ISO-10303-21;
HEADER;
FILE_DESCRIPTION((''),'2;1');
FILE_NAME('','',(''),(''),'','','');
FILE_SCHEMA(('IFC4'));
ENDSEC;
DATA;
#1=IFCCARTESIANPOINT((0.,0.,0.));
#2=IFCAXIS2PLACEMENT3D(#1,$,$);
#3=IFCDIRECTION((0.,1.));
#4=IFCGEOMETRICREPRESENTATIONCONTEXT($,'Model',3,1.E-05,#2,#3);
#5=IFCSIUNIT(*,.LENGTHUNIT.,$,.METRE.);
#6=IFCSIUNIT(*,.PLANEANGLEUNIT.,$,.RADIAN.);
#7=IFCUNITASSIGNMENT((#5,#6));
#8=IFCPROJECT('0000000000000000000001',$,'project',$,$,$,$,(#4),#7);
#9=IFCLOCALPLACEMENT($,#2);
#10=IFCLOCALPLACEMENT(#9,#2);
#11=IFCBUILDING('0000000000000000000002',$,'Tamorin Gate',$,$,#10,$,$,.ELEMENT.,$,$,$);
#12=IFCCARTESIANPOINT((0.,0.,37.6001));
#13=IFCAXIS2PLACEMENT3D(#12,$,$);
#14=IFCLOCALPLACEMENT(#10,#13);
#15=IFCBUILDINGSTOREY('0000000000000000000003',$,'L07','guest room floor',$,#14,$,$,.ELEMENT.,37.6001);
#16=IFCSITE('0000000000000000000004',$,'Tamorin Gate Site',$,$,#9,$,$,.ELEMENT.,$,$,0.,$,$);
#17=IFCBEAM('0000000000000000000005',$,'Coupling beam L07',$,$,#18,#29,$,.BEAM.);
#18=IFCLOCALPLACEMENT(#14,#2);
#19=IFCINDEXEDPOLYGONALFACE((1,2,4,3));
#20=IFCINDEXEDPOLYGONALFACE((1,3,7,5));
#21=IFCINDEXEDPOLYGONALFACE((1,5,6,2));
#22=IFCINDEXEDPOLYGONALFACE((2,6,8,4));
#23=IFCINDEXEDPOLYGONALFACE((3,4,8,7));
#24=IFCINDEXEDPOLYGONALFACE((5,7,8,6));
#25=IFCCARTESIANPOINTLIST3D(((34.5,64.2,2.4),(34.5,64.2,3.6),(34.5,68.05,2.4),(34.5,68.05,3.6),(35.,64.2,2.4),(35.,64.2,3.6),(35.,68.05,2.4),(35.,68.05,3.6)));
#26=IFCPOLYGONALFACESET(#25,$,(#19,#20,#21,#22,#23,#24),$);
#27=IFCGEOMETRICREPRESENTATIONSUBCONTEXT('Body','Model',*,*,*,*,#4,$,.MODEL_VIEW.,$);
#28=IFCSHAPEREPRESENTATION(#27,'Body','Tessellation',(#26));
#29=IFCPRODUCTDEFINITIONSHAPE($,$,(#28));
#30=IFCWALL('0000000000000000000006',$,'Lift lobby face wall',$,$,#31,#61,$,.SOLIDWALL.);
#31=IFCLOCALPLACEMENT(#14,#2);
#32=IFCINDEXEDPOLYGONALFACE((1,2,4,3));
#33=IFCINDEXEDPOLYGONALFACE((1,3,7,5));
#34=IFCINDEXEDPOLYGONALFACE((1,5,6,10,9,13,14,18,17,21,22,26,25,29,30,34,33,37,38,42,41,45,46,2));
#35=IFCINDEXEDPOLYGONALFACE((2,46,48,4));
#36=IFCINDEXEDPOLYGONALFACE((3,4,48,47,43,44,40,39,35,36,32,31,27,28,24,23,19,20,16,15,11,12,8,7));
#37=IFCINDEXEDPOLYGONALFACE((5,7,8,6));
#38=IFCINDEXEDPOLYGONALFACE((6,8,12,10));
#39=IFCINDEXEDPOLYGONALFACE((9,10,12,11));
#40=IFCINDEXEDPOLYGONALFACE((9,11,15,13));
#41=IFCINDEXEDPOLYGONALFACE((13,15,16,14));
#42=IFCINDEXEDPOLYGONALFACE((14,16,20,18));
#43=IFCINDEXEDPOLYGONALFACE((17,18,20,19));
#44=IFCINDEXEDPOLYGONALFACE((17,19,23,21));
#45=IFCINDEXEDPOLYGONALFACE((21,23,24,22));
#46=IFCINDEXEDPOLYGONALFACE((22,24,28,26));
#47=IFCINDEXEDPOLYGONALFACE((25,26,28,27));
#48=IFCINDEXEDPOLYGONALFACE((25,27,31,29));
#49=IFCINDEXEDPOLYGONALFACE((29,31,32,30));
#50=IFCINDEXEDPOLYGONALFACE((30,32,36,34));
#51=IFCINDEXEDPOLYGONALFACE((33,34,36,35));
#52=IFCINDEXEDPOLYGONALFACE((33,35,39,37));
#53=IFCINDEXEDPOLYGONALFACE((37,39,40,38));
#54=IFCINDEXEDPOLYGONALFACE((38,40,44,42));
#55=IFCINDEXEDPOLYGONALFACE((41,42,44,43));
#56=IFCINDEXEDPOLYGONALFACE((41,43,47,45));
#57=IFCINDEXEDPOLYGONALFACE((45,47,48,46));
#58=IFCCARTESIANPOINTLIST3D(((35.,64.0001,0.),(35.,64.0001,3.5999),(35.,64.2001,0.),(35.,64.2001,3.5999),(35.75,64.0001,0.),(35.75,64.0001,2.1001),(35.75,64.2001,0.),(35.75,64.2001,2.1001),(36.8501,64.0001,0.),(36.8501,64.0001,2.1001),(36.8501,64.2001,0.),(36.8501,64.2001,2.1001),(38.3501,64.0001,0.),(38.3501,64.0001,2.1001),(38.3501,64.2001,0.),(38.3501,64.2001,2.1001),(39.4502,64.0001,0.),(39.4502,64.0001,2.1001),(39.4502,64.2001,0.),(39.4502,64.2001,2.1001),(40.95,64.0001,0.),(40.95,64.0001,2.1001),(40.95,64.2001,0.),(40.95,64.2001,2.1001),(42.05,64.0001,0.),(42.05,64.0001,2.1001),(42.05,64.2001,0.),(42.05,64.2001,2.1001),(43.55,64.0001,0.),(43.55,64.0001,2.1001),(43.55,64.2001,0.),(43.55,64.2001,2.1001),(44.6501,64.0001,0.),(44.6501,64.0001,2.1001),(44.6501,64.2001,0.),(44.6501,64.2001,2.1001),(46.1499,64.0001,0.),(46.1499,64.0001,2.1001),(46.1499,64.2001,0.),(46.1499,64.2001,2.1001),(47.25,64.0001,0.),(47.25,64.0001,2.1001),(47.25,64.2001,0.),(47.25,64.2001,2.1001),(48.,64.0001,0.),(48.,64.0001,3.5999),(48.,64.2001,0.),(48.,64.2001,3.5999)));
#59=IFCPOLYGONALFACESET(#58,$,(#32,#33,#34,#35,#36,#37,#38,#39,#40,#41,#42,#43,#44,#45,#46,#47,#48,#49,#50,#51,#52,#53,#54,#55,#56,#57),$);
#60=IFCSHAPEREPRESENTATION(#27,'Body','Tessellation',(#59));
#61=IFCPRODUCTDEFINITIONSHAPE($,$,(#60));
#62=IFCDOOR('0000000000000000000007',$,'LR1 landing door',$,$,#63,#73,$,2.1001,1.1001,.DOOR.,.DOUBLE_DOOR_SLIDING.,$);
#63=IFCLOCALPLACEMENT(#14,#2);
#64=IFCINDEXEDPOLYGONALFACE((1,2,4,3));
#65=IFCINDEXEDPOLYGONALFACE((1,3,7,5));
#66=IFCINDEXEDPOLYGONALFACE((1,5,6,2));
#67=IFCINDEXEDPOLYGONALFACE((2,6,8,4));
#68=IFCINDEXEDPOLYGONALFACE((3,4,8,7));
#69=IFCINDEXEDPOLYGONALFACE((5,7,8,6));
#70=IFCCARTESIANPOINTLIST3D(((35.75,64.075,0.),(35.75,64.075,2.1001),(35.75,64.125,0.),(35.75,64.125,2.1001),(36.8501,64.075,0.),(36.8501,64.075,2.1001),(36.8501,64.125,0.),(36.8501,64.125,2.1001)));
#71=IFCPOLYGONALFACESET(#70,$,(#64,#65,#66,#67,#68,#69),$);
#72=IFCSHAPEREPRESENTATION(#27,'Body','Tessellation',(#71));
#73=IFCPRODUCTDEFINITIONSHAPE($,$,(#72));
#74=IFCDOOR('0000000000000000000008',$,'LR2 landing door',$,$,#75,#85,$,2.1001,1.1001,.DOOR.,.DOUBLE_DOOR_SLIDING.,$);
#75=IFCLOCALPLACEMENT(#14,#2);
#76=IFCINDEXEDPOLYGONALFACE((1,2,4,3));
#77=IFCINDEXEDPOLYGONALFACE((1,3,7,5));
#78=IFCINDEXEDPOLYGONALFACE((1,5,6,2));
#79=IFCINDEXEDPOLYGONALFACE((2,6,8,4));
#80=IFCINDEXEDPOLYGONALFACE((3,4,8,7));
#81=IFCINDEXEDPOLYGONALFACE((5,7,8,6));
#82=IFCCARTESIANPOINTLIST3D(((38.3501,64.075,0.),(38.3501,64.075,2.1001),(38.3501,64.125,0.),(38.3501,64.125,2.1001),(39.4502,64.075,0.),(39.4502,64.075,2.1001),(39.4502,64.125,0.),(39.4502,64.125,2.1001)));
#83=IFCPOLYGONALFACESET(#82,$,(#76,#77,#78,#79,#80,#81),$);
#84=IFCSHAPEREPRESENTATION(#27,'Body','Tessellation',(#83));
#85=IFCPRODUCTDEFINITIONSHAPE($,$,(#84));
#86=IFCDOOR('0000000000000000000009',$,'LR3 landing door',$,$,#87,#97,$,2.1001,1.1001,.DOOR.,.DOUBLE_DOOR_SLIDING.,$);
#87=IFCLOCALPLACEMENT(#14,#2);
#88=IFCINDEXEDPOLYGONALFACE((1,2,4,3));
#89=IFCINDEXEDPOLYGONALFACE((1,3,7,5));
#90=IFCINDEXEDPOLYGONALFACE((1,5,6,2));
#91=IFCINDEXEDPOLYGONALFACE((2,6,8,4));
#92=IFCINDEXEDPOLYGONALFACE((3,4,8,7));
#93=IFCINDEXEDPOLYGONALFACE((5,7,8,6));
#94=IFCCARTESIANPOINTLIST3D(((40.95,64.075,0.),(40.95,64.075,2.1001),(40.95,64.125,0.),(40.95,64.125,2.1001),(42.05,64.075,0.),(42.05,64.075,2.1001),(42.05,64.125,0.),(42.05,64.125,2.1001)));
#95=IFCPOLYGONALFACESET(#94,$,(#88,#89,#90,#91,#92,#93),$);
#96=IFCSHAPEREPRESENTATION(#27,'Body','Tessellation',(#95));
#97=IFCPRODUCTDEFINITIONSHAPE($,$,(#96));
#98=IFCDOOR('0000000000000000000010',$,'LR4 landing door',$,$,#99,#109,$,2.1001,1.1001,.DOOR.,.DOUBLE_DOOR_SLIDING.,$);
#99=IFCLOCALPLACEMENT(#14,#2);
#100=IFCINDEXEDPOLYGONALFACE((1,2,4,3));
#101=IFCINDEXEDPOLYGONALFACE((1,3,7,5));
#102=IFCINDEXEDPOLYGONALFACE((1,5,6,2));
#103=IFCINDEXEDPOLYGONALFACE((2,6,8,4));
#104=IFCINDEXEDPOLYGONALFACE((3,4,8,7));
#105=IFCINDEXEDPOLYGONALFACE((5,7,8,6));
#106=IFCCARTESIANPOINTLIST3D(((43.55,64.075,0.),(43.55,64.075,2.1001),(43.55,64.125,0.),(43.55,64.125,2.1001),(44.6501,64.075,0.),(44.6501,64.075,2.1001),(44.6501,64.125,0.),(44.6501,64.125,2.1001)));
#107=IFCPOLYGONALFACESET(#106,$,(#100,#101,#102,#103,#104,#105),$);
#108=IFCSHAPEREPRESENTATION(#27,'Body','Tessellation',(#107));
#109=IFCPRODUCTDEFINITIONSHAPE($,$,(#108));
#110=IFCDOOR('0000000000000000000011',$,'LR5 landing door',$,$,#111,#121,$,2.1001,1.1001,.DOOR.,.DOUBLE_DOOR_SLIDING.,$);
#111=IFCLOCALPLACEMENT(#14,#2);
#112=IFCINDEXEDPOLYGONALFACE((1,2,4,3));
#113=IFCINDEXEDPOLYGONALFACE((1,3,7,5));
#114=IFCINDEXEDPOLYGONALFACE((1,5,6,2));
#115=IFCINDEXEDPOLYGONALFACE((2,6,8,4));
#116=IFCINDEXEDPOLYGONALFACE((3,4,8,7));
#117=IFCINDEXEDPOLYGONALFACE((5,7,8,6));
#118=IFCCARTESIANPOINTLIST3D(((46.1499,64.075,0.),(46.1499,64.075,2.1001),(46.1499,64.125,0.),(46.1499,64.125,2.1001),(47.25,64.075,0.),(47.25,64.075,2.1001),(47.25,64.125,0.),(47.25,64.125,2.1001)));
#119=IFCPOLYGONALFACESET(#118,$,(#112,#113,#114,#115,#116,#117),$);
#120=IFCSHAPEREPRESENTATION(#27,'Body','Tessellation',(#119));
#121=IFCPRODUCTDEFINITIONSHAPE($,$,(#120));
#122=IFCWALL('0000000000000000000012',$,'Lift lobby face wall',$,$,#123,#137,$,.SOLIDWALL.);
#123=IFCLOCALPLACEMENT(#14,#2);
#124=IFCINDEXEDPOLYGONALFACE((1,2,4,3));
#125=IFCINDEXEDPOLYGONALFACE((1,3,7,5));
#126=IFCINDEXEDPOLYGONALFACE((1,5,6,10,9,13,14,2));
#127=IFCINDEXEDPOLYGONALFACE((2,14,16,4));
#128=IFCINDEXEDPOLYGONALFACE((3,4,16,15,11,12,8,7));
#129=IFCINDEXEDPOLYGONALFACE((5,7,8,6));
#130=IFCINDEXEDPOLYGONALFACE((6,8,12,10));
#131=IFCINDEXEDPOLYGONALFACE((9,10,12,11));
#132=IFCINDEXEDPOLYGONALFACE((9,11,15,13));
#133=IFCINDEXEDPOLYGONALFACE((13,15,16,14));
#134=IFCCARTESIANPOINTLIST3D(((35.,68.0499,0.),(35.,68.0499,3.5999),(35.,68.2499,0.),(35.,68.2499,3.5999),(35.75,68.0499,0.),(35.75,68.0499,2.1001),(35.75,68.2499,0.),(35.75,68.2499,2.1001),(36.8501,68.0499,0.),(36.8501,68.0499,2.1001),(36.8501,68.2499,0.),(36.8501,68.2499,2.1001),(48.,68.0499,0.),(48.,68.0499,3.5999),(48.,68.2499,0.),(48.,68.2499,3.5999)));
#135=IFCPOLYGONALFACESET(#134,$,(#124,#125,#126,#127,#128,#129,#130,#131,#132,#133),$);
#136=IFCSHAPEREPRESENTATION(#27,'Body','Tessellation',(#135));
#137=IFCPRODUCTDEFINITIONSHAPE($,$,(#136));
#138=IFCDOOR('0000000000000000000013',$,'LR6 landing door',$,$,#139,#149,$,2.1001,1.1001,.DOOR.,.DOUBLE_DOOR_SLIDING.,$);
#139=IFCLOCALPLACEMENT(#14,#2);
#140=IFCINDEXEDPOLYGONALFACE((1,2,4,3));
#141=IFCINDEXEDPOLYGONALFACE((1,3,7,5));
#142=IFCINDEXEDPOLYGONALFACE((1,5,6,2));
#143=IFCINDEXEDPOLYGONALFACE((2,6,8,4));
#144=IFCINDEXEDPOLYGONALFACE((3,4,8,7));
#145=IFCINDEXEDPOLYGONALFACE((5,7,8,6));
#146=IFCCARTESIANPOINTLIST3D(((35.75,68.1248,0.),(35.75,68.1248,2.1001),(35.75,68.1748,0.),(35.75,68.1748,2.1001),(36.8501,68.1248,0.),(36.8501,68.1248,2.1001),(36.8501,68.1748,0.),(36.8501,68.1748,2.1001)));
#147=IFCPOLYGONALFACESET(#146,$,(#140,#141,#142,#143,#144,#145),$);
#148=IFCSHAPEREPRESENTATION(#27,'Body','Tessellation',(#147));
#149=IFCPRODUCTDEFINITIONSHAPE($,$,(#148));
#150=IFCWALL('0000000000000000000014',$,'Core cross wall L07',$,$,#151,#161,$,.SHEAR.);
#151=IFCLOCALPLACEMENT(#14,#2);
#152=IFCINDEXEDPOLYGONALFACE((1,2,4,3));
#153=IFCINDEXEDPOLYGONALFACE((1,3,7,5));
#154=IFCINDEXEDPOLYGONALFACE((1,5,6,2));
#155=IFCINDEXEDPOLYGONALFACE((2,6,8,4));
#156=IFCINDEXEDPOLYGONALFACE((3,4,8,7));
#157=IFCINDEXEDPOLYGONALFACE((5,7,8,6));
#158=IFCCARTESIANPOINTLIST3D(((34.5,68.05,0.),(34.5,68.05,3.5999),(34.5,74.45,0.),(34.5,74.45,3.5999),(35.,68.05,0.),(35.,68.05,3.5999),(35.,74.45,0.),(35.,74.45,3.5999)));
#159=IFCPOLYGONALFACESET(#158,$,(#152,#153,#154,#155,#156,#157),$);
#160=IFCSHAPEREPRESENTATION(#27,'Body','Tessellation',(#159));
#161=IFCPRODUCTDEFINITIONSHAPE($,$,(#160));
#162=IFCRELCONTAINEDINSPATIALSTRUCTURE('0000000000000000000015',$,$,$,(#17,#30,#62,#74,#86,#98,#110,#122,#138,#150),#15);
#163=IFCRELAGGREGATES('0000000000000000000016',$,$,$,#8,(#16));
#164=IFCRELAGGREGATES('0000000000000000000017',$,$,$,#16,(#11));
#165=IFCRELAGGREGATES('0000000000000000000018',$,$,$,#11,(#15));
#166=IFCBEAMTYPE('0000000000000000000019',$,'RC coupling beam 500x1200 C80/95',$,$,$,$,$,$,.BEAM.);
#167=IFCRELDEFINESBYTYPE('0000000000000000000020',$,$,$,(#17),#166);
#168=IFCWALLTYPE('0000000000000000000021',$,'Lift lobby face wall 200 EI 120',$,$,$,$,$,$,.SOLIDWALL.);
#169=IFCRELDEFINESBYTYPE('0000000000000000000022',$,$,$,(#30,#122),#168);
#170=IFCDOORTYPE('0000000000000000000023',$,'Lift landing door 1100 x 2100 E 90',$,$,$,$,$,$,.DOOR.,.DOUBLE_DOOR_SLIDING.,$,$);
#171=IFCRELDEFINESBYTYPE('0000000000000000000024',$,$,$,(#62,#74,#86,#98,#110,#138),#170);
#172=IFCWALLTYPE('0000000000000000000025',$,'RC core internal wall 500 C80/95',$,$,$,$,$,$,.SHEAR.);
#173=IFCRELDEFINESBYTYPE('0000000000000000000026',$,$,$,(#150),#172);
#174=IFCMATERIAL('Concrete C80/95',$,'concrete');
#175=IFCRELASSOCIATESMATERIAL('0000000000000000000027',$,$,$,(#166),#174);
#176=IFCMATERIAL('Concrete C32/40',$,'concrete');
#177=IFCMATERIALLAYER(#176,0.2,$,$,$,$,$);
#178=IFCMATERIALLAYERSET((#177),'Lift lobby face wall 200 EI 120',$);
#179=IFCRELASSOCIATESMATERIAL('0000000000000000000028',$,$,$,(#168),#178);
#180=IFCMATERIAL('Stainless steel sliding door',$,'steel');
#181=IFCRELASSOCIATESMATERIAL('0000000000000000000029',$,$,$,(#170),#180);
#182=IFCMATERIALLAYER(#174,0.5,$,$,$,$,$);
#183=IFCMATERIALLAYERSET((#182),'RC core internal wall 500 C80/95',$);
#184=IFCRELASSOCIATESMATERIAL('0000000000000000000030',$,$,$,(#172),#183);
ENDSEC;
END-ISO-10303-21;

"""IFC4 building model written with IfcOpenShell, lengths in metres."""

from ifc_helpers import new_model, si_unit, direction, frame, frame_2d, origin, origin_2d, place, context, subcontext, project, spatial, rectangle, extrude, material, layer, layer_set, material_profile, profile_set, type_object, element, fill, save


model = new_model("IFC4")

# Units and contexts
model_context = context("Model", 3, precision=1e-05, world=origin(), true_north=direction((0.0, 1.0)))
body_context = subcontext(model_context, "Body", "Model", "MODEL_VIEW")
ifc_project = project(units=[si_unit("LENGTHUNIT", "METRE"), si_unit("PLANEANGLEUNIT", "RADIAN")], contexts=[model_context])

# Site, building, storey
site_placement = place(None, origin())
site = spatial("IfcSite", under=ifc_project, at=site_placement, Name="Tamorin Gate Site", CompositionType="ELEMENT", RefElevation=0.0)
building_placement = place(site_placement, origin())
building = spatial("IfcBuilding", under=site, at=building_placement, Name="Tamorin Gate", CompositionType="ELEMENT")
storey_placement = place(building_placement, frame((0.0, 0.0, 37.6001)))
storey = spatial("IfcBuildingStorey", under=building, at=storey_placement, Name="L07", Description="guest room floor", CompositionType="ELEMENT", Elevation=37.6001)

# Beam
ifc_material_1 = material(Name="Concrete C80/95", Category="concrete")
ifc_material_profile = material_profile(ifc_material_1, rectangle(XDim=0.5, YDim=1.2, at=origin_2d()), Name="RC 500x1200")
ifc_profile_set = profile_set([ifc_material_profile], Name="Concrete C80/95")
beam_type = type_object("IfcBeamType", Name="RC coupling beam 500x1200 C80/95", PredefinedType="BEAM", material=ifc_profile_set)
beam_placement = place(storey_placement, frame((34.75, 64.2, 3.0), z_axis=(0.0, 1.0, 0.0), x_axis=(-1.0, 0.0, 0.0)))
element("IfcBeam", 1, at=beam_placement, inside=storey, type_object=beam_type, Name="Coupling beam L07", PredefinedType="BEAM", context=body_context, shape_type="SweptSolid", body=[
    extrude(rectangle(XDim=0.5, YDim=1.2, at=origin_2d()), origin(), (0.0, 0.0, 1.0), 3.8501),
])

# Wall, openings, doors
ifc_material_2 = material(Name="Concrete C32/40", Category="concrete")
ifc_layer_1 = layer(ifc_material_2, 0.2)
ifc_layer_set_1 = layer_set([ifc_layer_1], Name="Lift lobby face wall 200 EI 120")
wall_type_1 = type_object("IfcWallType", Name="Lift lobby face wall 200 EI 120", PredefinedType="SOLIDWALL", material=ifc_layer_set_1)
wall_1_placement = place(storey_placement, frame((35.0, 64.1001, 0.0), z_axis=(0.0, 0.0, 1.0), x_axis=(1.0, 0.0, 0.0)))
wall_1 = element("IfcWall", 2, at=wall_1_placement, inside=storey, type_object=wall_type_1, Name="Lift lobby face wall", PredefinedType="SOLIDWALL", context=body_context, shape_type="SweptSolid", body=[
    extrude(rectangle(XDim=13.0, YDim=0.2, at=frame_2d((6.5, 0.0))), origin(), (0.0, 0.0, 1.0), 3.5999),
])
opening_1_placement = place(wall_1_placement, frame((0.75, 0.0, 0.0)))
opening_1 = element("IfcOpeningElement", 3, at=opening_1_placement, cuts=wall_1, PredefinedType="OPENING", context=body_context, shape_type="SweptSolid", body=[
    extrude(rectangle(XDim=1.1001, YDim=2.1001, at=frame_2d((0.55, 1.05))), frame((0.0, 0.1099, 0.0), z_axis=(0.0, -1.0, 0.0), x_axis=(1.0, 0.0, 0.0)), (0.0, 0.0, 1.0), 0.22),
])
opening_2_placement = place(wall_1_placement, frame((3.3501, 0.0, 0.0)))
opening_2 = element("IfcOpeningElement", 4, at=opening_2_placement, cuts=wall_1, PredefinedType="OPENING", context=body_context, shape_type="SweptSolid", body=[
    extrude(rectangle(XDim=1.1001, YDim=2.1001, at=frame_2d((0.55, 1.05))), frame((0.0, 0.1099, 0.0), z_axis=(0.0, -1.0, 0.0), x_axis=(1.0, 0.0, 0.0)), (0.0, 0.0, 1.0), 0.22),
])
opening_3_placement = place(wall_1_placement, frame((5.95, 0.0, 0.0)))
opening_3 = element("IfcOpeningElement", 5, at=opening_3_placement, cuts=wall_1, PredefinedType="OPENING", context=body_context, shape_type="SweptSolid", body=[
    extrude(rectangle(XDim=1.1001, YDim=2.1001, at=frame_2d((0.55, 1.05))), frame((0.0, 0.1099, 0.0), z_axis=(0.0, -1.0, 0.0), x_axis=(1.0, 0.0, 0.0)), (0.0, 0.0, 1.0), 0.22),
])
opening_4_placement = place(wall_1_placement, frame((8.55, 0.0, 0.0)))
opening_4 = element("IfcOpeningElement", 6, at=opening_4_placement, cuts=wall_1, PredefinedType="OPENING", context=body_context, shape_type="SweptSolid", body=[
    extrude(rectangle(XDim=1.1001, YDim=2.1001, at=frame_2d((0.55, 1.05))), frame((0.0, 0.1099, 0.0), z_axis=(0.0, -1.0, 0.0), x_axis=(1.0, 0.0, 0.0)), (0.0, 0.0, 1.0), 0.22),
])
opening_5_placement = place(wall_1_placement, frame((11.1499, 0.0, 0.0)))
opening_5 = element("IfcOpeningElement", 7, at=opening_5_placement, cuts=wall_1, PredefinedType="OPENING", context=body_context, shape_type="SweptSolid", body=[
    extrude(rectangle(XDim=1.1001, YDim=2.1001, at=frame_2d((0.55, 1.05))), frame((0.0, 0.1099, 0.0), z_axis=(0.0, -1.0, 0.0), x_axis=(1.0, 0.0, 0.0)), (0.0, 0.0, 1.0), 0.22),
])
ifc_material_3 = material(Name="Stainless steel sliding door", Category="steel")
door_type_1 = type_object("IfcDoorType", Name="Lift landing door 1100 x 2100 E 90", OperationType="DOUBLE_DOOR_SLIDING", PredefinedType="DOOR", material=ifc_material_3)
door_1_placement = place(opening_1_placement, origin())
door_1 = element("IfcDoor", 8, at=door_1_placement, inside=storey, type_object=door_type_1, Name="LR1 landing door", OperationType="DOUBLE_DOOR_SLIDING", OverallHeight=2.1001, OverallWidth=1.1001, PredefinedType="DOOR", context=body_context, shape_type="SweptSolid", body=[
    extrude(rectangle(XDim=1.1001, YDim=2.1001, at=frame_2d((0.55, 1.05))), frame((0.0, 0.0249, 0.0), z_axis=(0.0, -1.0, 0.0), x_axis=(1.0, 0.0, 0.0)), (0.0, 0.0, 1.0), 0.05),
])
fill(opening_1, door_1)
door_2_placement = place(opening_2_placement, origin())
door_2 = element("IfcDoor", 9, at=door_2_placement, inside=storey, type_object=door_type_1, Name="LR2 landing door", OperationType="DOUBLE_DOOR_SLIDING", OverallHeight=2.1001, OverallWidth=1.1001, PredefinedType="DOOR", context=body_context, shape_type="SweptSolid", body=[
    extrude(rectangle(XDim=1.1001, YDim=2.1001, at=frame_2d((0.55, 1.05))), frame((0.0, 0.0249, 0.0), z_axis=(0.0, -1.0, 0.0), x_axis=(1.0, 0.0, 0.0)), (0.0, 0.0, 1.0), 0.05),
])
fill(opening_2, door_2)
door_3_placement = place(opening_3_placement, origin())
door_3 = element("IfcDoor", 10, at=door_3_placement, inside=storey, type_object=door_type_1, Name="LR3 landing door", OperationType="DOUBLE_DOOR_SLIDING", OverallHeight=2.1001, OverallWidth=1.1001, PredefinedType="DOOR", context=body_context, shape_type="SweptSolid", body=[
    extrude(rectangle(XDim=1.1001, YDim=2.1001, at=frame_2d((0.55, 1.05))), frame((0.0, 0.0249, 0.0), z_axis=(0.0, -1.0, 0.0), x_axis=(1.0, 0.0, 0.0)), (0.0, 0.0, 1.0), 0.05),
])
fill(opening_3, door_3)
door_4_placement = place(opening_4_placement, origin())
door_4 = element("IfcDoor", 11, at=door_4_placement, inside=storey, type_object=door_type_1, Name="LR4 landing door", OperationType="DOUBLE_DOOR_SLIDING", OverallHeight=2.1001, OverallWidth=1.1001, PredefinedType="DOOR", context=body_context, shape_type="SweptSolid", body=[
    extrude(rectangle(XDim=1.1001, YDim=2.1001, at=frame_2d((0.55, 1.05))), frame((0.0, 0.0249, 0.0), z_axis=(0.0, -1.0, 0.0), x_axis=(1.0, 0.0, 0.0)), (0.0, 0.0, 1.0), 0.05),
])
fill(opening_4, door_4)
door_5_placement = place(opening_5_placement, origin())
door_5 = element("IfcDoor", 12, at=door_5_placement, inside=storey, type_object=door_type_1, Name="LR5 landing door", OperationType="DOUBLE_DOOR_SLIDING", OverallHeight=2.1001, OverallWidth=1.1001, PredefinedType="DOOR", context=body_context, shape_type="SweptSolid", body=[
    extrude(rectangle(XDim=1.1001, YDim=2.1001, at=frame_2d((0.55, 1.05))), frame((0.0, 0.0249, 0.0), z_axis=(0.0, -1.0, 0.0), x_axis=(1.0, 0.0, 0.0)), (0.0, 0.0, 1.0), 0.05),
])
fill(opening_5, door_5)

# Wall, opening, door
wall_2_placement = place(storey_placement, frame((35.0, 68.1499, 0.0), z_axis=(0.0, 0.0, 1.0), x_axis=(1.0, 0.0, 0.0)))
wall_2 = element("IfcWall", 13, at=wall_2_placement, inside=storey, type_object=wall_type_1, Name="Lift lobby face wall", PredefinedType="SOLIDWALL", context=body_context, shape_type="SweptSolid", body=[
    extrude(rectangle(XDim=13.0, YDim=0.2, at=frame_2d((6.5, 0.0))), origin(), (0.0, 0.0, 1.0), 3.5999),
])
opening_6_placement = place(wall_2_placement, frame((0.75, 0.0, 0.0)))
opening_6 = element("IfcOpeningElement", 14, at=opening_6_placement, cuts=wall_2, PredefinedType="OPENING", context=body_context, shape_type="SweptSolid", body=[
    extrude(rectangle(XDim=1.1001, YDim=2.1001, at=frame_2d((0.55, 1.05))), frame((0.0, 0.1099, 0.0), z_axis=(0.0, -1.0, 0.0), x_axis=(1.0, 0.0, 0.0)), (0.0, 0.0, 1.0), 0.22),
])
door_6_placement = place(opening_6_placement, origin())
door_6 = element("IfcDoor", 15, at=door_6_placement, inside=storey, type_object=door_type_1, Name="LR6 landing door", OperationType="DOUBLE_DOOR_SLIDING", OverallHeight=2.1001, OverallWidth=1.1001, PredefinedType="DOOR", context=body_context, shape_type="SweptSolid", body=[
    extrude(rectangle(XDim=1.1001, YDim=2.1001, at=frame_2d((0.55, 1.05))), frame((0.0, 0.0249, 0.0), z_axis=(0.0, -1.0, 0.0), x_axis=(1.0, 0.0, 0.0)), (0.0, 0.0, 1.0), 0.05),
])
fill(opening_6, door_6)

# Wall
ifc_layer_2 = layer(ifc_material_1, 0.5)
ifc_layer_set_2 = layer_set([ifc_layer_2], Name="RC core internal wall 500 C80/95")
wall_type_2 = type_object("IfcWallType", Name="RC core internal wall 500 C80/95", PredefinedType="SHEAR", material=ifc_layer_set_2)
wall_3_placement = place(storey_placement, frame((34.75, 68.05, 0.0), z_axis=(0.0, 0.0, 1.0), x_axis=(0.0, 1.0, 0.0)))
element("IfcWall", 16, at=wall_3_placement, inside=storey, type_object=wall_type_2, Name="Core cross wall L07", PredefinedType="SHEAR", context=body_context, shape_type="SweptSolid", body=[
    extrude(rectangle(XDim=6.3999, YDim=0.5, at=frame_2d((3.2, 0.0))), origin(), (0.0, 0.0, 1.0), 3.5999),
])

save(model, "model.ifc")
